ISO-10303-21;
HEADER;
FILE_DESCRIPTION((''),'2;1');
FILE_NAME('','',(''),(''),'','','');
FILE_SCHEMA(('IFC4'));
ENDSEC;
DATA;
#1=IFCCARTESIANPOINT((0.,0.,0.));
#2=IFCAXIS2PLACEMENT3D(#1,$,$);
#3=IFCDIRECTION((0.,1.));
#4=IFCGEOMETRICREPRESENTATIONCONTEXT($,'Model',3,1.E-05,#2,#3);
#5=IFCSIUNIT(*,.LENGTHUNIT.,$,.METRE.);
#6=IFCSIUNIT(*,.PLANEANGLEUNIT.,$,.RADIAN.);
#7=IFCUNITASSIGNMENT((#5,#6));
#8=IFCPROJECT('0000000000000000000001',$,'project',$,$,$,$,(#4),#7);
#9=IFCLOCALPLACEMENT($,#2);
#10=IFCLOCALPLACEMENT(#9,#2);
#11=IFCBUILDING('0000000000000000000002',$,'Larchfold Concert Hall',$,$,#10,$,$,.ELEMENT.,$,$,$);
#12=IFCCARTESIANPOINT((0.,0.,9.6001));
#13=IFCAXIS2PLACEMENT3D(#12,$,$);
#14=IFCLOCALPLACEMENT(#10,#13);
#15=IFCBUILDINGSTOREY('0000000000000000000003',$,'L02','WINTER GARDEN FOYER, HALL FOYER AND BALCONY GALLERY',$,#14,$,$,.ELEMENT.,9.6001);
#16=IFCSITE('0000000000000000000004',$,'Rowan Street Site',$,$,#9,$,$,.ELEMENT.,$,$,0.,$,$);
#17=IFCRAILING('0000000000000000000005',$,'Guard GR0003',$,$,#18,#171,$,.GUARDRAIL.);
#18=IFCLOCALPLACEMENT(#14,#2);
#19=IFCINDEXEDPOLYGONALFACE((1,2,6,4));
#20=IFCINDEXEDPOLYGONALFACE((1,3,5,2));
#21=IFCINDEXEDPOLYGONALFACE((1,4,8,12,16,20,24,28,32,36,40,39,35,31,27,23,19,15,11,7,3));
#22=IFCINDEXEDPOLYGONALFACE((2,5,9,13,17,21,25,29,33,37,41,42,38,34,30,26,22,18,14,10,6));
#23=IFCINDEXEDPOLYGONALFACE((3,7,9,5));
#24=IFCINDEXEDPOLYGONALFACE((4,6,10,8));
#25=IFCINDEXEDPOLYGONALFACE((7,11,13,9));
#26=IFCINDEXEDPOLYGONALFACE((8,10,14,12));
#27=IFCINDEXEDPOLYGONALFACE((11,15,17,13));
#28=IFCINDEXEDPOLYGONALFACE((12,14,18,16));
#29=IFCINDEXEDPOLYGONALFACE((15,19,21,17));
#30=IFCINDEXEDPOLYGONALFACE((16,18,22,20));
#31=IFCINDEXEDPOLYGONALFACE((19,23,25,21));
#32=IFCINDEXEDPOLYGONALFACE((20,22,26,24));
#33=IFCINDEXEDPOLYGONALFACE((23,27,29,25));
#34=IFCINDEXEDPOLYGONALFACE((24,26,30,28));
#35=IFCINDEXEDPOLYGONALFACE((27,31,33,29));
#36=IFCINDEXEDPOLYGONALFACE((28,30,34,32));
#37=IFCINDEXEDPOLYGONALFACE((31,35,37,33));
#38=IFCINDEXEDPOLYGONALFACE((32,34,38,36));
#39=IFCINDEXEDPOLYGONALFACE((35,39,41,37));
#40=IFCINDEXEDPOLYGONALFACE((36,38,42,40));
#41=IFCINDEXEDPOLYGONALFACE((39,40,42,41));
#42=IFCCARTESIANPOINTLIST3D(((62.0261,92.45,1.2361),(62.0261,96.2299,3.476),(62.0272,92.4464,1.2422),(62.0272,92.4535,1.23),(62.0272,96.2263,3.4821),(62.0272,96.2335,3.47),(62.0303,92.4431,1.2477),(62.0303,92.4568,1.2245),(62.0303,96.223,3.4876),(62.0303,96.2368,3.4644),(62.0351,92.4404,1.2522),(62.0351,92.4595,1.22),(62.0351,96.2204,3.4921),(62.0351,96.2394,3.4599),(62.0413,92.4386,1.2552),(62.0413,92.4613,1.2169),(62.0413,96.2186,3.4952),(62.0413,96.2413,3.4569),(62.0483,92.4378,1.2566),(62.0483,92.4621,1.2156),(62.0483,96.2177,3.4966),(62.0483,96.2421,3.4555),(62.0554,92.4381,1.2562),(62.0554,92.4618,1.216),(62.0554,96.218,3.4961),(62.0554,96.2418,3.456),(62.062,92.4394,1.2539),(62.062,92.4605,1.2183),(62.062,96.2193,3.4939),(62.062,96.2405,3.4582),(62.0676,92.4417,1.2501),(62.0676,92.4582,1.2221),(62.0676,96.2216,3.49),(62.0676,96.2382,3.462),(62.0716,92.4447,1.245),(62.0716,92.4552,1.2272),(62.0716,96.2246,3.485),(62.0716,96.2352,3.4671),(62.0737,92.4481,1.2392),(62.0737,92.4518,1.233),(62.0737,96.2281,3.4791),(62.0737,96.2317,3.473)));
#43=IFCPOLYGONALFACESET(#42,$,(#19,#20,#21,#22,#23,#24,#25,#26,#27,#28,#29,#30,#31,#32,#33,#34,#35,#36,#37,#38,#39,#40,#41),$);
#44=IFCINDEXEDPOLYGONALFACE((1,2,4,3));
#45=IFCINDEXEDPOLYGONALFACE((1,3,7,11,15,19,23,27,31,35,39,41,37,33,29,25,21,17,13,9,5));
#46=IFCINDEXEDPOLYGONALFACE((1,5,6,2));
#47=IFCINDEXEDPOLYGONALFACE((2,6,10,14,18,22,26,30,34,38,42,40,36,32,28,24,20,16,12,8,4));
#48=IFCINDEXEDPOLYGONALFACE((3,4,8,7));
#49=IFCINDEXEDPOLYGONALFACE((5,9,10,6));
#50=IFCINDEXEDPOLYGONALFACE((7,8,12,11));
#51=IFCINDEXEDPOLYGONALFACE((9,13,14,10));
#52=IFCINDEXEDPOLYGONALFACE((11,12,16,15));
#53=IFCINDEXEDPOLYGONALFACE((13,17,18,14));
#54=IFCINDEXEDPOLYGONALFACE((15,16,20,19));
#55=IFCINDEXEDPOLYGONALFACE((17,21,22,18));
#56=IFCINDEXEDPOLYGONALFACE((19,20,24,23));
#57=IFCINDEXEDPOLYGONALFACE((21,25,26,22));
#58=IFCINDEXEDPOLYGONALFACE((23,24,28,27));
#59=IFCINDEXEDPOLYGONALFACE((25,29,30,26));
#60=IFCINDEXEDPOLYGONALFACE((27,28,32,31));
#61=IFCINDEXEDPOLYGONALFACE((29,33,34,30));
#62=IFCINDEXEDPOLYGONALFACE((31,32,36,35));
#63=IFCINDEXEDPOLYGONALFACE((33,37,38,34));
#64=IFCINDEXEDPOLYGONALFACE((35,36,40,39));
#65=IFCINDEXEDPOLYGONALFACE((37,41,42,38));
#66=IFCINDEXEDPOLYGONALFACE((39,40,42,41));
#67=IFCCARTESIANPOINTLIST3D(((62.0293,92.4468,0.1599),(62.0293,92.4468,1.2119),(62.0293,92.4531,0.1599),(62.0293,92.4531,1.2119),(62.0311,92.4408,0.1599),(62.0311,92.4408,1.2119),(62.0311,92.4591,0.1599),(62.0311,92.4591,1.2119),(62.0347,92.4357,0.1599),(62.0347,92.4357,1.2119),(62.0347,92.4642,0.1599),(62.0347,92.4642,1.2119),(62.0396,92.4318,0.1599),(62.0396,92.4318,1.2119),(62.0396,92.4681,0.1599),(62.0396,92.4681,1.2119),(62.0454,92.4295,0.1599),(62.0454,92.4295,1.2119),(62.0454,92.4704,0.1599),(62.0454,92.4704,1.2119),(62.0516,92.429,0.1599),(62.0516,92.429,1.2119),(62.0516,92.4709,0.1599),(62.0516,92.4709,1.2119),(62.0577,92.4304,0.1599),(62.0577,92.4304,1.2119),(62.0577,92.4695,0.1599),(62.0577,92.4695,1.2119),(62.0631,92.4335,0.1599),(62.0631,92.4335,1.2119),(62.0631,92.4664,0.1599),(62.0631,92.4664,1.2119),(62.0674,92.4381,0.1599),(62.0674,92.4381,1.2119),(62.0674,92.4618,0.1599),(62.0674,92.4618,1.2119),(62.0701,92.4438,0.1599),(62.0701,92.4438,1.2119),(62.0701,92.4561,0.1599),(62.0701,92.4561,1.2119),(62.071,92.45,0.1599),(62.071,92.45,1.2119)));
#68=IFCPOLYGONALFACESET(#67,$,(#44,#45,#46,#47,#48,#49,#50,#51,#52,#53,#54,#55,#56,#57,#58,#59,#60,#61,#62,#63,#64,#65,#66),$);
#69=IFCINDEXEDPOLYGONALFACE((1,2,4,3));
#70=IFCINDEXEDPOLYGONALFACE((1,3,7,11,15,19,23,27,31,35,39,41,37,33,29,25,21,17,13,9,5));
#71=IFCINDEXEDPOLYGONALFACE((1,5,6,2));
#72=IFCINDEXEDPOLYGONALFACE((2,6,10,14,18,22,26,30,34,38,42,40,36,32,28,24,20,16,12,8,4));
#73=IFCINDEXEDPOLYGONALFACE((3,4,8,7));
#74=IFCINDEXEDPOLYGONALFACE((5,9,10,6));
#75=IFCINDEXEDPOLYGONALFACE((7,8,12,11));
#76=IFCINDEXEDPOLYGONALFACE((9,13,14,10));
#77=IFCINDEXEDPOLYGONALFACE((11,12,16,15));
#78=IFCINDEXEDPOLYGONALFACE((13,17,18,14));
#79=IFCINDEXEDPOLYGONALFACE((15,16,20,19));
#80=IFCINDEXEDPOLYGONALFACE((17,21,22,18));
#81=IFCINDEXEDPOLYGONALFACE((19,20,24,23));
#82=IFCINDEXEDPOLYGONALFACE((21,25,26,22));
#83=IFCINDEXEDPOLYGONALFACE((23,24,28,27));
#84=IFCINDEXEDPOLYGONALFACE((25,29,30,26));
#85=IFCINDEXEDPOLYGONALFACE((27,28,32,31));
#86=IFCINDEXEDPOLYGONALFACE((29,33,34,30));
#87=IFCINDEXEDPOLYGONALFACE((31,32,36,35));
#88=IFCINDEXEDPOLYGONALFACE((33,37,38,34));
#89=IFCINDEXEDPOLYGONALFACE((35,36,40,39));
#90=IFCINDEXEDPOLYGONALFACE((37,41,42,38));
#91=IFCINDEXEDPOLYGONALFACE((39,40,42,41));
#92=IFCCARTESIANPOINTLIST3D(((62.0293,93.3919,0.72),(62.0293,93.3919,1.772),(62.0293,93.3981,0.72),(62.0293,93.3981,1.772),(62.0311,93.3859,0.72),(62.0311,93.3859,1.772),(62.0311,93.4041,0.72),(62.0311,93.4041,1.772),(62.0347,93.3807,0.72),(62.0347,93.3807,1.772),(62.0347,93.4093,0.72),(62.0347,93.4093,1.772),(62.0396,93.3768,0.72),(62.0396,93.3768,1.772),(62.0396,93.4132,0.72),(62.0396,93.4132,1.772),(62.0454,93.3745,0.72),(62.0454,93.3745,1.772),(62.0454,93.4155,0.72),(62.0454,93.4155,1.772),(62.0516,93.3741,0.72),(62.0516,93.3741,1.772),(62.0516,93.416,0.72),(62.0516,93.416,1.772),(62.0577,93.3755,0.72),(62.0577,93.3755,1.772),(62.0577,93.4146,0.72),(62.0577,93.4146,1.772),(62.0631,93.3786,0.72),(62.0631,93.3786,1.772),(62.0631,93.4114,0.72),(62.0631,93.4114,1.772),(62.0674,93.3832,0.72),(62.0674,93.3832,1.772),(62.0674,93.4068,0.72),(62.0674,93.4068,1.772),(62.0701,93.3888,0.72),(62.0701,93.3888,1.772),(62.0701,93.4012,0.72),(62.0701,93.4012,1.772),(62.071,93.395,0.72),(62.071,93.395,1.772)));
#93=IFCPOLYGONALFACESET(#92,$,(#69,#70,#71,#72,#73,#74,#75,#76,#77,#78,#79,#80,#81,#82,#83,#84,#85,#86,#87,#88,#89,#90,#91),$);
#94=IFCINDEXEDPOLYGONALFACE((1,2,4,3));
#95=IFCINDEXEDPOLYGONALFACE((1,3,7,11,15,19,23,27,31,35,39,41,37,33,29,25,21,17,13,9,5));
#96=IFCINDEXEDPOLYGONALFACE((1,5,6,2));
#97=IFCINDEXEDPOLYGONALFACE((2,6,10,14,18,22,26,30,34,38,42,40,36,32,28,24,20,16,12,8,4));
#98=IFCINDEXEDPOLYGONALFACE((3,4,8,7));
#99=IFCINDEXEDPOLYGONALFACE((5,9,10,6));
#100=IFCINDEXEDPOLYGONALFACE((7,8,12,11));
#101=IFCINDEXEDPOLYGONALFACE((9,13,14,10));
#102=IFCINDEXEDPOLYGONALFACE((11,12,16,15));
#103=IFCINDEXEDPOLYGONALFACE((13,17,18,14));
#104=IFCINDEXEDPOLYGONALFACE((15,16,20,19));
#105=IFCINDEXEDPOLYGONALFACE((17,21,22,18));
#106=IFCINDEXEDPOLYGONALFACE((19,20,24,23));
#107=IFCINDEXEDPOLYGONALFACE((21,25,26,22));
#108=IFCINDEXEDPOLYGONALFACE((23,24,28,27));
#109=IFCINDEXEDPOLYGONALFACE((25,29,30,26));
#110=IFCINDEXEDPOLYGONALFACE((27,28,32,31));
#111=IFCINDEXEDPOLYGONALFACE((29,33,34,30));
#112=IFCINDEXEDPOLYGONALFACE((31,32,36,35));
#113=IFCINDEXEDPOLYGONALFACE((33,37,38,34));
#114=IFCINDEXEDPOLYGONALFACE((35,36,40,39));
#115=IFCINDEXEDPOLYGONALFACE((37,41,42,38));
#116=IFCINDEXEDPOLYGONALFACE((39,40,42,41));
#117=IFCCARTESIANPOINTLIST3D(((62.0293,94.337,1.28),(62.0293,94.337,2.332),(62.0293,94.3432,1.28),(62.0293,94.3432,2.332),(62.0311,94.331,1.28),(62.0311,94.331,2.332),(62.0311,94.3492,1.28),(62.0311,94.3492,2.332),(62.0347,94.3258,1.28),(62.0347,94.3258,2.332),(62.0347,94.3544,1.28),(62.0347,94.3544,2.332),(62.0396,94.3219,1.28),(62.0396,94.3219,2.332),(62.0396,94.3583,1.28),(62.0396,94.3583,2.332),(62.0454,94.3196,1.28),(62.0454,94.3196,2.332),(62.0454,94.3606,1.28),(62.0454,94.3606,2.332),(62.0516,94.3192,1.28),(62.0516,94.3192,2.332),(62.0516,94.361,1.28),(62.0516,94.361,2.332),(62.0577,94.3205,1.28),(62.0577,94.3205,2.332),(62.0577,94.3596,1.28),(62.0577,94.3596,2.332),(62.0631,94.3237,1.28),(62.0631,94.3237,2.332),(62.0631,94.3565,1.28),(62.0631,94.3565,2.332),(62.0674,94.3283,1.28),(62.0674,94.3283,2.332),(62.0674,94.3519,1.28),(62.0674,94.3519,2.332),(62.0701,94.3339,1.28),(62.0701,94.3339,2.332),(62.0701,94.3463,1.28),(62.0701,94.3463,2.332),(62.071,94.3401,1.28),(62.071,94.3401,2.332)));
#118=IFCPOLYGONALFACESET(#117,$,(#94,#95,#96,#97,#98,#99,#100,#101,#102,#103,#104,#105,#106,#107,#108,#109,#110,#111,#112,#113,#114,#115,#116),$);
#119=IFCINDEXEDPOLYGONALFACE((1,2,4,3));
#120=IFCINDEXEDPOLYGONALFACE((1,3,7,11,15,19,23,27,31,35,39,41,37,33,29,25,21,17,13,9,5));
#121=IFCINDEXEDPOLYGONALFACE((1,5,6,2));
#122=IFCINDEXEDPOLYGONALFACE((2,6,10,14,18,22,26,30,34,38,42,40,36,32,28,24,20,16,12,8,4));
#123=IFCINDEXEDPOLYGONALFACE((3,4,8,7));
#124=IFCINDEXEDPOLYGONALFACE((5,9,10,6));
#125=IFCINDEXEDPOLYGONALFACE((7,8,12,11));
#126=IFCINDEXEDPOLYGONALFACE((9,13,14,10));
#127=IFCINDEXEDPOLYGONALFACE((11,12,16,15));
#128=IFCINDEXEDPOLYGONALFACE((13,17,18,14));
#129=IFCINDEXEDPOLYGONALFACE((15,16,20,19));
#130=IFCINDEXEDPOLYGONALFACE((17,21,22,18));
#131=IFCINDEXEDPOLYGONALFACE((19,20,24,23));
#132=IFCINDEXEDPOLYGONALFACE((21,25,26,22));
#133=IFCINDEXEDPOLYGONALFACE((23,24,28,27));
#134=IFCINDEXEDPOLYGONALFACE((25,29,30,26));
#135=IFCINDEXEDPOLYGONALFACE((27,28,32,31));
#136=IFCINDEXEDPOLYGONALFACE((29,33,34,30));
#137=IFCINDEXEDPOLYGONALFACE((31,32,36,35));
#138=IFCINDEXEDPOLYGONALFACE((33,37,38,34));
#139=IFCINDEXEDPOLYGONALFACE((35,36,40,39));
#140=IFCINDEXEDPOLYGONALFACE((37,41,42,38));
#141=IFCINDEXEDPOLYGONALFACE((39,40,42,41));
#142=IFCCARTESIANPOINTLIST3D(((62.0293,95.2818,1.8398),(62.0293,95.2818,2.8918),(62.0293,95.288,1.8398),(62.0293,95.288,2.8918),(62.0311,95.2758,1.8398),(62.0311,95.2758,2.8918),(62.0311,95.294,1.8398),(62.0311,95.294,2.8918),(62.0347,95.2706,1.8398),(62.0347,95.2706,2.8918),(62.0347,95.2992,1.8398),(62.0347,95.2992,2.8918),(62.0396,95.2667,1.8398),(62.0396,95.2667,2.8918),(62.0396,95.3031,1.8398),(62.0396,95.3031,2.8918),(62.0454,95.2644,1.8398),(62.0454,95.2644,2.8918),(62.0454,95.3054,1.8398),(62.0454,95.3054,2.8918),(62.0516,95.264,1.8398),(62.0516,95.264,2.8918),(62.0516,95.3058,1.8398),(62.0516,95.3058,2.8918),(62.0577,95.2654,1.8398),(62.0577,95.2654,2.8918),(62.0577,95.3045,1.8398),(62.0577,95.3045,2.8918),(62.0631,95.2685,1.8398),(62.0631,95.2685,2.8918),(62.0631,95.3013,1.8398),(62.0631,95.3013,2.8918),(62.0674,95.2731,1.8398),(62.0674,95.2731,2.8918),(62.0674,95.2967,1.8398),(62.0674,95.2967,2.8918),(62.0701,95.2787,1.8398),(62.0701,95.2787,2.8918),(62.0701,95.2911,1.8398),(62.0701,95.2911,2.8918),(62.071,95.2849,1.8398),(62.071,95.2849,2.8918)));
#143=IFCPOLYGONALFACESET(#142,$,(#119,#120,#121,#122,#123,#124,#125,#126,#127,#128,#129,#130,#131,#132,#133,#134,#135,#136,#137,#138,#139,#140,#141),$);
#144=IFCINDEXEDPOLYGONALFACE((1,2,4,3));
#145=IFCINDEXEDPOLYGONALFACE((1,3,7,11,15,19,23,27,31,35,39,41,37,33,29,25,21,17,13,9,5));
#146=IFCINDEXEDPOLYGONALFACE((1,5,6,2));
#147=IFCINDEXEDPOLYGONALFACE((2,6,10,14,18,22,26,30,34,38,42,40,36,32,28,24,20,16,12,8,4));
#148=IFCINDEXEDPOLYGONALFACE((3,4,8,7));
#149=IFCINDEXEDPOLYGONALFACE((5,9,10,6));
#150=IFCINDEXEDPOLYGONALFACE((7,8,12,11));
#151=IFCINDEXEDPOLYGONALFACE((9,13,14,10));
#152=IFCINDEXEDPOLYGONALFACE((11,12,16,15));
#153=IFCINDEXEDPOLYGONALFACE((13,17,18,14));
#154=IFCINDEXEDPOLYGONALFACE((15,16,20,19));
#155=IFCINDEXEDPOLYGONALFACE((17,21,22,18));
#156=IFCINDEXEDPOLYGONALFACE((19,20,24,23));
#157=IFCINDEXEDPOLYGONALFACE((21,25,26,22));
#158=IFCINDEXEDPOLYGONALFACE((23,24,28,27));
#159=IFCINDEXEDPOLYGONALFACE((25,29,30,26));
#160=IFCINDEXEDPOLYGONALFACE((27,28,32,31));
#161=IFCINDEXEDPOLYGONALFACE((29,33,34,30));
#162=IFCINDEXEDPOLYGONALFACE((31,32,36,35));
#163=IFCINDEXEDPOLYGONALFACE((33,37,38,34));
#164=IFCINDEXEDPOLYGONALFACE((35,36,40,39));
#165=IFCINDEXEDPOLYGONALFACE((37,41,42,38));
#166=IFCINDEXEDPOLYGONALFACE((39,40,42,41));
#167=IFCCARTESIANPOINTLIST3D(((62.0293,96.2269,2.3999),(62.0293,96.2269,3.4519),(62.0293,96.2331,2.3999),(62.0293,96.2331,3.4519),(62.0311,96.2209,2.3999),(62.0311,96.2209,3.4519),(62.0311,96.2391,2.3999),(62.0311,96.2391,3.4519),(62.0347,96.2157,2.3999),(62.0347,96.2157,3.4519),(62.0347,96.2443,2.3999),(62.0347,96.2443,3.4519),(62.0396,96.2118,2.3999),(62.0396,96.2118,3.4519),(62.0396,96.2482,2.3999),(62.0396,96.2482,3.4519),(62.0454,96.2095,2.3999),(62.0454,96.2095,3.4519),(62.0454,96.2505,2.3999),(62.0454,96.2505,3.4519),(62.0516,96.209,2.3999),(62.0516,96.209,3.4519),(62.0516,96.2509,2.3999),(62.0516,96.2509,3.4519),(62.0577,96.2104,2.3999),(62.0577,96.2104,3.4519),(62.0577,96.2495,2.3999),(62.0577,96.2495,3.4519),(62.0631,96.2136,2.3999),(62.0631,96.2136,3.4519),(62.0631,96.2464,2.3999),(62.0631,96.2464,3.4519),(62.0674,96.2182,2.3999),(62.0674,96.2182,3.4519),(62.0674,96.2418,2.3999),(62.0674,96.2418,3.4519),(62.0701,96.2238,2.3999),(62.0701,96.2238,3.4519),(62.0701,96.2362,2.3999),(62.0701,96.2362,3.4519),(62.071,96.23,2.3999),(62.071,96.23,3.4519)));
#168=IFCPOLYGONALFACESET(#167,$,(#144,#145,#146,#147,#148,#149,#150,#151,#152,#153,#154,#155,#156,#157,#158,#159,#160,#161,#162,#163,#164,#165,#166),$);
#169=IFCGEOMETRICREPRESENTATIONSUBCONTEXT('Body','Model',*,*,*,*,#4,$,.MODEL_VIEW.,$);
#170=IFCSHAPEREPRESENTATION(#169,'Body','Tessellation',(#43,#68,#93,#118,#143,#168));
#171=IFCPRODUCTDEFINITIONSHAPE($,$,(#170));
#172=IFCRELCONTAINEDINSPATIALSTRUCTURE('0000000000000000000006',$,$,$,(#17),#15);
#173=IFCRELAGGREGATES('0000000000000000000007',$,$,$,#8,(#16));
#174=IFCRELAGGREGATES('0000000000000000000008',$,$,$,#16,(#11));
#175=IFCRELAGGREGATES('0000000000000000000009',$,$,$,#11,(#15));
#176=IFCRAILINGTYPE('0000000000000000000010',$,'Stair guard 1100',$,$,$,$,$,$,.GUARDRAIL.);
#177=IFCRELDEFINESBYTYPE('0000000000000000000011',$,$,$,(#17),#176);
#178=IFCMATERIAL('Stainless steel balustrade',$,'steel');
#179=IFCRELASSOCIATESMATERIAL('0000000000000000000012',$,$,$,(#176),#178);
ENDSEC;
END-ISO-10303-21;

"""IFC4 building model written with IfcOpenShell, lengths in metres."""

from ifc_helpers import new_model, si_unit, direction, frame, origin, origin_2d, place, context, subcontext, project, spatial, circle, extrude, material, type_object, element, save


model = new_model("IFC4")

# Units and contexts
model_context = context("Model", 3, precision=1e-05, world=origin(), true_north=direction((0.0, 1.0)))
body_context = subcontext(model_context, "Body", "Model", "MODEL_VIEW")
ifc_project = project(units=[si_unit("LENGTHUNIT", "METRE"), si_unit("PLANEANGLEUNIT", "RADIAN")], contexts=[model_context])

# Site, building, storey
site_placement = place(None, origin())
site = spatial("IfcSite", under=ifc_project, at=site_placement, Name="Rowan Street Site", CompositionType="ELEMENT", RefElevation=0.0)
building_placement = place(site_placement, origin())
building = spatial("IfcBuilding", under=site, at=building_placement, Name="Larchfold Concert Hall", CompositionType="ELEMENT")
storey_placement = place(building_placement, frame((0.0, 0.0, 9.6001)))
storey = spatial("IfcBuildingStorey", under=building, at=storey_placement, Name="L02", Description="WINTER GARDEN FOYER, HALL FOYER AND BALCONY GALLERY", CompositionType="ELEMENT", Elevation=9.6001)

# Railing
ifc_material_1 = material(Name="Stainless steel balustrade", Category="steel")
railing_type_1 = type_object("IfcRailingType", Name="Stair guard 1100", PredefinedType="GUARDRAIL", material=ifc_material_1)
railing_1_placement = place(storey_placement, frame((62.05, 92.45, 0.1599)))
element("IfcRailing", 1, at=railing_1_placement, inside=storey, type_object=railing_type_1, Name="Guard GR0003", PredefinedType="GUARDRAIL", context=body_context, shape_type="SweptSolid", body=[
    extrude(circle(Radius=0.0239, at=origin_2d()), frame((0.0, 0.0, 1.0762), z_axis=(0.0, 0.860294, 0.509798), x_axis=(-1.0, 0.0, 0.0)), (0.0, 0.0, 1.0), 4.3938),
    extrude(circle(Radius=0.021, at=origin_2d()), origin(), (0.0, 0.0, 1.0), 1.052),
    extrude(circle(Radius=0.021, at=origin_2d()), frame((0.0, 0.9451, 0.5601)), (0.0, 0.0, 1.0), 1.052),
    extrude(circle(Radius=0.021, at=origin_2d()), frame((0.0, 1.8901, 1.1201)), (0.0, 0.0, 1.0), 1.052),
    extrude(circle(Radius=0.021, at=origin_2d()), frame((0.0, 2.835, 1.6799)), (0.0, 0.0, 1.0), 1.052),
    extrude(circle(Radius=0.021, at=origin_2d()), frame((0.0, 3.78, 2.24)), (0.0, 0.0, 1.0), 1.052),
])

save(model, "model.ifc")
